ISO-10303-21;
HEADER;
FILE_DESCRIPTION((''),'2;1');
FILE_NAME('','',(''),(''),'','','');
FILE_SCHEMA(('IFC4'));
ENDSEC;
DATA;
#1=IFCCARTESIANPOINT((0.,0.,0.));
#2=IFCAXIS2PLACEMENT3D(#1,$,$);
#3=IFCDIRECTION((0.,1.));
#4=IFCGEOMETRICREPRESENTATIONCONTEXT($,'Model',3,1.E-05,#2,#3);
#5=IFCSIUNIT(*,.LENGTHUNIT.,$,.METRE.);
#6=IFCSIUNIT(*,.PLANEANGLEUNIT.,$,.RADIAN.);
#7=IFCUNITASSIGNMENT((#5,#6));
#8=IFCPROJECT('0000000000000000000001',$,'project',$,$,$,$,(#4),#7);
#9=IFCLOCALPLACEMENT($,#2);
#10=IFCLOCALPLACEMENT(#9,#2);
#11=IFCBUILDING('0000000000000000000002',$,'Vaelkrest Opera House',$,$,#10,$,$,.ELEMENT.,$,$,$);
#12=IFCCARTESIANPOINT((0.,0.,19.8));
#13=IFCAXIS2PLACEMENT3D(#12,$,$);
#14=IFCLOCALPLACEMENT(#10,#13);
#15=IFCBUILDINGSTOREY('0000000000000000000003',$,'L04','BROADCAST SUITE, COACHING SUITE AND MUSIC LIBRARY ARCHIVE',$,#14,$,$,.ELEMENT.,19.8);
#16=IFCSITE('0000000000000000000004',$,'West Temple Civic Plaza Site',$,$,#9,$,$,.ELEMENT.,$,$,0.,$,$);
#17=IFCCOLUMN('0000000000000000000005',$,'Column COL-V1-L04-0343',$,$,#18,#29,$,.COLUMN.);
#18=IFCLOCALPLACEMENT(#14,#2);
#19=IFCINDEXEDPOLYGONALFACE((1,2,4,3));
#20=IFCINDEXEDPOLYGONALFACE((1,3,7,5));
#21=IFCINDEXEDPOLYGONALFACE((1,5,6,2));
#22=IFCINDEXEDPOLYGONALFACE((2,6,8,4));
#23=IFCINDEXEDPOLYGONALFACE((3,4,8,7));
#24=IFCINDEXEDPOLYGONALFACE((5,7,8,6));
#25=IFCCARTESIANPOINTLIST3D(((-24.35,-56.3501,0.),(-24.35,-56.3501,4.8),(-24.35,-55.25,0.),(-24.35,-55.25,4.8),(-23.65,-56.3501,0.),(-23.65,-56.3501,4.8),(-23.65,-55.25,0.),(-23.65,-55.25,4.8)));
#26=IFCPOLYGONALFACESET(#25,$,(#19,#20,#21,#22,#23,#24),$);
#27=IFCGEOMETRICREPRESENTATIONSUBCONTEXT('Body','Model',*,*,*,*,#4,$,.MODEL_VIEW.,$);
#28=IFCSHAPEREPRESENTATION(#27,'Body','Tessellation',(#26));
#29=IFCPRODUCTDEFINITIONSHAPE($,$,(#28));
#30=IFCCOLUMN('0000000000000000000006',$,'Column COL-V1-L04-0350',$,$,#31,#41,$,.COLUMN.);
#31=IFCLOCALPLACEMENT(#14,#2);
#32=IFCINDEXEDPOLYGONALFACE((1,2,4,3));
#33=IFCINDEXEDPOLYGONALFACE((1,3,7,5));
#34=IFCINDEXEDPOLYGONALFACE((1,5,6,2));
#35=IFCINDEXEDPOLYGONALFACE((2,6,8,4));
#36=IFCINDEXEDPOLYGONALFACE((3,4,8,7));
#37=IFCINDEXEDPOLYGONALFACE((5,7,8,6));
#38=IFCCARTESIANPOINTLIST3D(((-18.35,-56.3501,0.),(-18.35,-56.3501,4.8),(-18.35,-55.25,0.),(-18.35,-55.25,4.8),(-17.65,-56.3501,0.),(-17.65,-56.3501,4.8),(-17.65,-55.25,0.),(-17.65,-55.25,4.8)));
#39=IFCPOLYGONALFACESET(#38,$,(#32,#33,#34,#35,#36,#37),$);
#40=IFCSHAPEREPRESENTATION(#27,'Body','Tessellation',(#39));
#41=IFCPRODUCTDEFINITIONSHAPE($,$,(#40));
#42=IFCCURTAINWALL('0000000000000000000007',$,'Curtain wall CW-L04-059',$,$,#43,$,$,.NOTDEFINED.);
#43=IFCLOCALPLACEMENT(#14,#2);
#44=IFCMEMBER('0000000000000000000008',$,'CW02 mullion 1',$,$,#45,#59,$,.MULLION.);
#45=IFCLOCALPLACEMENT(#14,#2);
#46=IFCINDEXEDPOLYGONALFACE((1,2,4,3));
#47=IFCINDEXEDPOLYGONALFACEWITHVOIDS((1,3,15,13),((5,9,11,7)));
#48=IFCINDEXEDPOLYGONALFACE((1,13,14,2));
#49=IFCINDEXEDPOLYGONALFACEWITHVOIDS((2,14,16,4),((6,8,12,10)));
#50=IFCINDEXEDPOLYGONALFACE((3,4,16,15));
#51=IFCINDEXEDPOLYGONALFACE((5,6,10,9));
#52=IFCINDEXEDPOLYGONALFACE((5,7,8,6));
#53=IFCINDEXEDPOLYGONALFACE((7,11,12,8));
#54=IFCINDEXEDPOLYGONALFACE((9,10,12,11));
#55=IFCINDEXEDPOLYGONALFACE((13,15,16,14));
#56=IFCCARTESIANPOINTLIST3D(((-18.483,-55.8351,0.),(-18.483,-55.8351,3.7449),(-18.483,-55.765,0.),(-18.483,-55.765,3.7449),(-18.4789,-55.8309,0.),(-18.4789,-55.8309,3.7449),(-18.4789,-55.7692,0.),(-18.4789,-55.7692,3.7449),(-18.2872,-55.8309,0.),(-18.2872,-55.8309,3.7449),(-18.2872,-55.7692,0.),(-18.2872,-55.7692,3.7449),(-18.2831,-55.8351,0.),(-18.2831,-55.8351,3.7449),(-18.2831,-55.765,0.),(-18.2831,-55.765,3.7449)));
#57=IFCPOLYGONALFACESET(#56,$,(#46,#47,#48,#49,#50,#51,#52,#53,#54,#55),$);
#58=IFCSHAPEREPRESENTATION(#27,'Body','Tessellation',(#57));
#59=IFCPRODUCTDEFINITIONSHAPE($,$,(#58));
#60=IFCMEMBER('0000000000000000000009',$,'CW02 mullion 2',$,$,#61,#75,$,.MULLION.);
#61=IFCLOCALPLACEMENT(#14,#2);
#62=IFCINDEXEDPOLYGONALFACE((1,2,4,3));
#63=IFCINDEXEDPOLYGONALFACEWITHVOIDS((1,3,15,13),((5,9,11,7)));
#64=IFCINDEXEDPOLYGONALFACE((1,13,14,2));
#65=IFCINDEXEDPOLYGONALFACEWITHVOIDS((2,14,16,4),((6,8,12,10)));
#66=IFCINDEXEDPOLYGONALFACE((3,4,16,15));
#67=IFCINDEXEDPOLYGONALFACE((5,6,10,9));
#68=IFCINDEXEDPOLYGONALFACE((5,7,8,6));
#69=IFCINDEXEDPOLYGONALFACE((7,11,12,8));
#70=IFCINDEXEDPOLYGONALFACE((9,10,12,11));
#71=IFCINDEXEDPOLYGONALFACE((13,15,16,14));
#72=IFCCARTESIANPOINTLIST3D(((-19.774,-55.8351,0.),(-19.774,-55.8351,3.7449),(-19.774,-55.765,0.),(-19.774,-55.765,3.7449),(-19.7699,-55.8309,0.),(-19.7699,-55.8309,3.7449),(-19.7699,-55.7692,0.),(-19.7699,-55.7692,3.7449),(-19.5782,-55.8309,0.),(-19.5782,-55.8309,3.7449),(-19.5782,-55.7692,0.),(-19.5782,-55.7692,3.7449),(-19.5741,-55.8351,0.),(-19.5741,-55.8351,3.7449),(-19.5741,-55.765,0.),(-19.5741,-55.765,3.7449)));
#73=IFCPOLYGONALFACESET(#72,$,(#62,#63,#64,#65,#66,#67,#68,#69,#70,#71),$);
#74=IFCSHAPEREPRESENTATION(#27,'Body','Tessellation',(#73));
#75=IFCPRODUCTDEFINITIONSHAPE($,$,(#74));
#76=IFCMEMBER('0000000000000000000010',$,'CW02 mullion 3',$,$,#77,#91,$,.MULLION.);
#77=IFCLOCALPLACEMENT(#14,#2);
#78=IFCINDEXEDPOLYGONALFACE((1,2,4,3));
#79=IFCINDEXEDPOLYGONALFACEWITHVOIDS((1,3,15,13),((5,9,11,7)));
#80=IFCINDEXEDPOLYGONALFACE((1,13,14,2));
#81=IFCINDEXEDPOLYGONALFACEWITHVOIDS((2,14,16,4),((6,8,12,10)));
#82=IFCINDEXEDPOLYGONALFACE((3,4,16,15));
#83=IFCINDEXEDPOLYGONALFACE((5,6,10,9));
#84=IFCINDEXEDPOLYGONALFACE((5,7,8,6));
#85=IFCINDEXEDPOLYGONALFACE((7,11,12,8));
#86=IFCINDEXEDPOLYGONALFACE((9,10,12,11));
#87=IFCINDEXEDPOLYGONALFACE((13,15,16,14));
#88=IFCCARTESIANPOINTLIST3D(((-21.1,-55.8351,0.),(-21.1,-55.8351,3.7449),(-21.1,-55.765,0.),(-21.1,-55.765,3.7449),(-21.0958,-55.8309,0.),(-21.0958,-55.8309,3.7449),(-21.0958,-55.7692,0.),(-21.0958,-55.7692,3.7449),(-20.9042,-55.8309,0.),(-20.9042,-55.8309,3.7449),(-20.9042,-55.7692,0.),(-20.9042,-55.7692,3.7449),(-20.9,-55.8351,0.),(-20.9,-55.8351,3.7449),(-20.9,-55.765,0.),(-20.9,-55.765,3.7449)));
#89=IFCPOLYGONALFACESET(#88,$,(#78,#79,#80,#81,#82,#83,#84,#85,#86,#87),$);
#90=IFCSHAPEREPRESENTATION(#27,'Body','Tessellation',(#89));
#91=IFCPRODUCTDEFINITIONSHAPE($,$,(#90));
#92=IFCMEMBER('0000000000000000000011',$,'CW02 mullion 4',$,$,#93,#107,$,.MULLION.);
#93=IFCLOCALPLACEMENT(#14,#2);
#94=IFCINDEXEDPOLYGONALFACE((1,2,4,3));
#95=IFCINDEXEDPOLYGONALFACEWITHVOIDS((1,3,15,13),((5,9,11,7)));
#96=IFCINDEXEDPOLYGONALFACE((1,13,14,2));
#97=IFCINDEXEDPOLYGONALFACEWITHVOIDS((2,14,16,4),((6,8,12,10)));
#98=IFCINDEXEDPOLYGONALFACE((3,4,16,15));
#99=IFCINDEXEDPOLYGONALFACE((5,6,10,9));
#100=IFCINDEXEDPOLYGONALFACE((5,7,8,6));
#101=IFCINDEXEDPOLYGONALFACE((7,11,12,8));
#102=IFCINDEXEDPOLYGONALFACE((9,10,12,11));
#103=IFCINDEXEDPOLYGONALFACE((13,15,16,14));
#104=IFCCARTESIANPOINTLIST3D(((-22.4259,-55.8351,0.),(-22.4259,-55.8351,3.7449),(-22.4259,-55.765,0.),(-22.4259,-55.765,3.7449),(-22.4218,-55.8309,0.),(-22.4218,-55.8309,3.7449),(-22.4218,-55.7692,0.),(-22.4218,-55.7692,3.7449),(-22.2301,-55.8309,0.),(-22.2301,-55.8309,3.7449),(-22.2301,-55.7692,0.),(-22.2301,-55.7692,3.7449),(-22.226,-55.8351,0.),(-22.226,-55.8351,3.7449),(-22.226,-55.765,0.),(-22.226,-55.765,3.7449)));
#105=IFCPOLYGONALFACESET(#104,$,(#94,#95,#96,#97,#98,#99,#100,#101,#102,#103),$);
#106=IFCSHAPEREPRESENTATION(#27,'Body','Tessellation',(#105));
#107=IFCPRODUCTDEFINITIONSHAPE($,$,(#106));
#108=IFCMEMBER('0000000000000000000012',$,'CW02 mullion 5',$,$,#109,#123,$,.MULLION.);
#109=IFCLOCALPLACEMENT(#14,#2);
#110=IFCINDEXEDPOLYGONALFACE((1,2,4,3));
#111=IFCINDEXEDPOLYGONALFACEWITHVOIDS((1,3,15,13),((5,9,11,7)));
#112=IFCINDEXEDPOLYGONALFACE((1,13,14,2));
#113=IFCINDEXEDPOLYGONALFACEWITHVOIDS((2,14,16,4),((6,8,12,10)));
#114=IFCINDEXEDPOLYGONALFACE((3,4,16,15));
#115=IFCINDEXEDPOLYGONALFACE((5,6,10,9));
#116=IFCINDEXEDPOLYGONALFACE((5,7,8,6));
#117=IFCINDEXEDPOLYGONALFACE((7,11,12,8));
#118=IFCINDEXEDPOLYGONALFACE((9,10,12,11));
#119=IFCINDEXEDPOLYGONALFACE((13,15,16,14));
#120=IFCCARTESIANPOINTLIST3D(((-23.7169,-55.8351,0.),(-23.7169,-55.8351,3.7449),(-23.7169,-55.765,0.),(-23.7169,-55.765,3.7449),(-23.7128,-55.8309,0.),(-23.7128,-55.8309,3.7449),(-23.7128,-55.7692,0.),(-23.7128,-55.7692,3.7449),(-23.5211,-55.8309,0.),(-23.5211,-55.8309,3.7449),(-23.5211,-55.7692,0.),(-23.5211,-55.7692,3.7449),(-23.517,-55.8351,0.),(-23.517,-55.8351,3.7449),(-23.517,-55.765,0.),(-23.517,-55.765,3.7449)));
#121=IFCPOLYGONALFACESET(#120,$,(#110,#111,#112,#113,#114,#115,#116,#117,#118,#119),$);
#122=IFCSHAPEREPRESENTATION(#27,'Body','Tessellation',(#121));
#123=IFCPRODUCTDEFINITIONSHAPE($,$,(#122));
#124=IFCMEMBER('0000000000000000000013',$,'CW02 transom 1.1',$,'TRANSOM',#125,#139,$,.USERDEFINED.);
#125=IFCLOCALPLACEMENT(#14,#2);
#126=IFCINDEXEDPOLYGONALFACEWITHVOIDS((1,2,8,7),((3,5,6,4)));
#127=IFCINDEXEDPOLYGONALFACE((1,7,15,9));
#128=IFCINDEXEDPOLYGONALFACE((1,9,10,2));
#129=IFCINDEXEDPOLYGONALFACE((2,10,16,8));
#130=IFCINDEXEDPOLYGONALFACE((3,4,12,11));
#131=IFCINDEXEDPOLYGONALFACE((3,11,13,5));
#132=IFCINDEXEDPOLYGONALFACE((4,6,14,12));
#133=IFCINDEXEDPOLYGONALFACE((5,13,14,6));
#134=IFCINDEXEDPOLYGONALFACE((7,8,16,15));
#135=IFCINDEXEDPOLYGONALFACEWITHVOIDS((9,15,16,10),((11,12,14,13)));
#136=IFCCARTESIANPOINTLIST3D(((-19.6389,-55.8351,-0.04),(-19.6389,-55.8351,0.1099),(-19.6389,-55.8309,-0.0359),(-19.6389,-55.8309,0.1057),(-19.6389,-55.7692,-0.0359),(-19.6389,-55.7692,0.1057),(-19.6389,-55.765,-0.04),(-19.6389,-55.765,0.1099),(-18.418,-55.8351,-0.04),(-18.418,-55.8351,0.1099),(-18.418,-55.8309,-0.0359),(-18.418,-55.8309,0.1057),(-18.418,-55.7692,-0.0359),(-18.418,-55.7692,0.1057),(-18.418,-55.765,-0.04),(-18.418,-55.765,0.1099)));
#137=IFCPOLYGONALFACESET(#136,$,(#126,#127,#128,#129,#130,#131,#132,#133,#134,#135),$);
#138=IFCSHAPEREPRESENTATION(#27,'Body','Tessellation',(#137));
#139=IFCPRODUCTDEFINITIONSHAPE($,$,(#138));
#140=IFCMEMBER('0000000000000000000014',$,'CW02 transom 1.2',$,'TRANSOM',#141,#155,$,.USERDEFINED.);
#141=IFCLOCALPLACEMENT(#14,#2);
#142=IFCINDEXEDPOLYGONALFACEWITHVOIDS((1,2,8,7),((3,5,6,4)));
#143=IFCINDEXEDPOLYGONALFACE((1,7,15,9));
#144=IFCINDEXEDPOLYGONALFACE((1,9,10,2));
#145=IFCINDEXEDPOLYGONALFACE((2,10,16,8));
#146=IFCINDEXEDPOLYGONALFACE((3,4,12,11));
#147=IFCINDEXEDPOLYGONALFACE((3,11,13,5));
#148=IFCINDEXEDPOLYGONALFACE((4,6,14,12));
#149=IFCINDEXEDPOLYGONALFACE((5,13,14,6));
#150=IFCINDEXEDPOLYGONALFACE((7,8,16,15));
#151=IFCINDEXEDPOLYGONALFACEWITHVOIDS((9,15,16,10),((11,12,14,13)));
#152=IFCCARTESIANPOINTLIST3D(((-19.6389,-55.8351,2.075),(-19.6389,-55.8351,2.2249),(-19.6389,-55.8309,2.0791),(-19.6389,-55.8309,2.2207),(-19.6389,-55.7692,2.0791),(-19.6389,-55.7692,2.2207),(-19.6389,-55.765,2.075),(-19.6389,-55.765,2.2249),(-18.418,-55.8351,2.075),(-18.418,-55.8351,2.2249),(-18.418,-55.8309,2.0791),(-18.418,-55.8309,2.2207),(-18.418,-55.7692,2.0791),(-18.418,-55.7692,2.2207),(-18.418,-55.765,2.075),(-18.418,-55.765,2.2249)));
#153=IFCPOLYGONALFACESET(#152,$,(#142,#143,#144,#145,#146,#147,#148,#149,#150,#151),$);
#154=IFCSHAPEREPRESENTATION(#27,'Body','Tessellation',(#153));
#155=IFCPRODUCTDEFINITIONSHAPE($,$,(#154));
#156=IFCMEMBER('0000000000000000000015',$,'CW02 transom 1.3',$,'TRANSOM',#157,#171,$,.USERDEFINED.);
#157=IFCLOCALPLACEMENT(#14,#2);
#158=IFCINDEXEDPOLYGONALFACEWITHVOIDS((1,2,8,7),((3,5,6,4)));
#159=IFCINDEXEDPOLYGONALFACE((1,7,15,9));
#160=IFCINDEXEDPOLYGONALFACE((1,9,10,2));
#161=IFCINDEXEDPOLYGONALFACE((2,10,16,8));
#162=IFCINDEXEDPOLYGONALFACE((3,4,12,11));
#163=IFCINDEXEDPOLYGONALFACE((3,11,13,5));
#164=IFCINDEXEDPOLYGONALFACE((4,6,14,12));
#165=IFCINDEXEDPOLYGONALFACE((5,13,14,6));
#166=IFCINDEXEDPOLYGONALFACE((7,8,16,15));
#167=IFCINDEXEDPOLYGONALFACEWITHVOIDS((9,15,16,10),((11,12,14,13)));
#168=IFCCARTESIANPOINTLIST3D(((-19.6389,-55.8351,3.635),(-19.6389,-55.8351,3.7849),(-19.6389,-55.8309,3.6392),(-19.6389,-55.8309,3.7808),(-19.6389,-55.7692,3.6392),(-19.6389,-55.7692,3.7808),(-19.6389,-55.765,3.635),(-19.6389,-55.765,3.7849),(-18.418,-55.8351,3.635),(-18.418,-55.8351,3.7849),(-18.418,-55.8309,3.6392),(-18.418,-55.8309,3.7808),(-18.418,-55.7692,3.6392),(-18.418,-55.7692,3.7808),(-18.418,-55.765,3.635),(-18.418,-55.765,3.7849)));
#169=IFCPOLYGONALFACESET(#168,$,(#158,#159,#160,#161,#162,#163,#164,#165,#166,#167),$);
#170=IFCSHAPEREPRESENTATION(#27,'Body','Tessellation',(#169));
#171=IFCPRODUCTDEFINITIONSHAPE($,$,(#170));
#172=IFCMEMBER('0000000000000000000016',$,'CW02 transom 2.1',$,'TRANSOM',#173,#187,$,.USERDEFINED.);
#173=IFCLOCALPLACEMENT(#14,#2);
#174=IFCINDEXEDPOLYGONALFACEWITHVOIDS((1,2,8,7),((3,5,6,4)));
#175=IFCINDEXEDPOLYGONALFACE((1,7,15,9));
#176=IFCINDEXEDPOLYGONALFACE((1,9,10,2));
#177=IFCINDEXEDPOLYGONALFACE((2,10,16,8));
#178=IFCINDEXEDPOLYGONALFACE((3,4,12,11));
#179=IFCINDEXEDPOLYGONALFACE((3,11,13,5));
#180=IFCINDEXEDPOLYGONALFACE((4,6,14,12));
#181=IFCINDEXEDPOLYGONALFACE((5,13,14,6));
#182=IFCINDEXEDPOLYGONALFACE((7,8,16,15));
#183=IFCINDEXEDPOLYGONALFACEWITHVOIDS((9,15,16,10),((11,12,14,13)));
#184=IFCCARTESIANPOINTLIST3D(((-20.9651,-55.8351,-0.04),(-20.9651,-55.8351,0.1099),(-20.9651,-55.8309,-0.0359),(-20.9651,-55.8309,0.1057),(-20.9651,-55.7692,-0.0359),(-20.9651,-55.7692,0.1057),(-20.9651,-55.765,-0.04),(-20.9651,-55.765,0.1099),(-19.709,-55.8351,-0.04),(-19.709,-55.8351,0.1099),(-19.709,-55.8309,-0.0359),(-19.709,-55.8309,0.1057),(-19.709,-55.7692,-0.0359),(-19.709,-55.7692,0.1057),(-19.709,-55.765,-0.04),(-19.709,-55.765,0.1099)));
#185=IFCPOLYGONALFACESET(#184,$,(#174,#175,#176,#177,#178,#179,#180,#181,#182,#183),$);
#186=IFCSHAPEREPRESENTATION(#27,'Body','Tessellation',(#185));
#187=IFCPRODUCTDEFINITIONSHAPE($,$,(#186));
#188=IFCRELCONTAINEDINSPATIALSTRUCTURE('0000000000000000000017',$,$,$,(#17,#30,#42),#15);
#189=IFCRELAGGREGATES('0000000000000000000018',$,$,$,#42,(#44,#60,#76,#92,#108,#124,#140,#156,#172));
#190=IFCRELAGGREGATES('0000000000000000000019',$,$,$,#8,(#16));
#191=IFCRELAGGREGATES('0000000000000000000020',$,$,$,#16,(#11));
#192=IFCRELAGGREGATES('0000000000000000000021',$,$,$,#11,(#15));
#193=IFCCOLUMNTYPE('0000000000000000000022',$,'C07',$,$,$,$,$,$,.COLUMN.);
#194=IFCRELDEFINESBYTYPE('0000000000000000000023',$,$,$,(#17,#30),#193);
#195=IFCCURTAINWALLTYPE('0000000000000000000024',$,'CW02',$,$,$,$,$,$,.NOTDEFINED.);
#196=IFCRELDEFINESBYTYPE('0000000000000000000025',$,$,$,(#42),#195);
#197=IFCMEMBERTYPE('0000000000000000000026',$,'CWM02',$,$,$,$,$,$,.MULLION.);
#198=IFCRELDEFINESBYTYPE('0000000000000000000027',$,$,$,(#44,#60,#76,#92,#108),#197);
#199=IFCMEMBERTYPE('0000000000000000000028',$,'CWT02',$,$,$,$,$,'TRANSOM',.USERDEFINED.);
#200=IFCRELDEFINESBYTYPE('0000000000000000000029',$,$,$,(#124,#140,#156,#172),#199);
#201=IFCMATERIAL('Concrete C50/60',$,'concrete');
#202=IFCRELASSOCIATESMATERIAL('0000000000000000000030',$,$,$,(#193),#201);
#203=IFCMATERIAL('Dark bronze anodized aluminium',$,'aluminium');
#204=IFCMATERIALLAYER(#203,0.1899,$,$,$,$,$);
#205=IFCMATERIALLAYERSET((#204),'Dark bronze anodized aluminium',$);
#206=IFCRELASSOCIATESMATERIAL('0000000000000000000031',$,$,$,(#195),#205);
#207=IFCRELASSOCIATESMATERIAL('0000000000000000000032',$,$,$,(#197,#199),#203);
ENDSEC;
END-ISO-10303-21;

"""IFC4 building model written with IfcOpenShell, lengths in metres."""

from ifc_helpers import new_model, si_unit, direction, frame, origin, origin_2d, place, context, subcontext, project, spatial, rectangle, hollow_rectangle, extrude, material, layer, layer_set, material_profile, profile_set, type_object, element, aggregate, save


model = new_model("IFC4")

# Units and contexts
model_context = context("Model", 3, precision=1e-05, world=origin(), true_north=direction((0.0, 1.0)))
body_context = subcontext(model_context, "Body", "Model", "MODEL_VIEW")
ifc_project = project(units=[si_unit("LENGTHUNIT", "METRE"), si_unit("PLANEANGLEUNIT", "RADIAN")], contexts=[model_context])

# Site, building, storey
site_placement = place(None, origin())
site = spatial("IfcSite", under=ifc_project, at=site_placement, Name="West Temple Civic Plaza Site", CompositionType="ELEMENT", RefElevation=0.0)
building_placement = place(site_placement, origin())
building = spatial("IfcBuilding", under=site, at=building_placement, Name="Vaelkrest Opera House", CompositionType="ELEMENT")
storey_placement = place(building_placement, frame((0.0, 0.0, 19.8)))
storey = spatial("IfcBuildingStorey", under=building, at=storey_placement, Name="L04", Description="BROADCAST SUITE, COACHING SUITE AND MUSIC LIBRARY ARCHIVE", CompositionType="ELEMENT", Elevation=19.8)

# Columns
ifc_material_1 = material(Name="Concrete C50/60", Category="concrete")
ifc_material_profile_1 = material_profile(ifc_material_1, rectangle(XDim=0.7, YDim=1.1001, at=origin_2d()), Name="RC700X1100")
ifc_profile_set_1 = profile_set([ifc_material_profile_1], Name="Concrete C50/60")
column_type = type_object("IfcColumnType", Name="C07", PredefinedType="COLUMN", material=ifc_profile_set_1)
for number, where, z_axis, x_axis, name in (
    (1, (-24.0, -55.8, 0.0), (0.0, 0.0, 1.0), (1.0, 0.0, 0.0), "Column COL-V1-L04-0343"),
    (2, (-18.0, -55.8, 0.0), (0.0, 0.0, 1.0), (1.0, 0.0, 0.0), "Column COL-V1-L04-0350"),
):
    element("IfcColumn", number, at=place(storey_placement, frame(where, z_axis=z_axis, x_axis=x_axis)), inside=storey, type_object=column_type, Name=name, PredefinedType="COLUMN", context=body_context, shape_type="SweptSolid", body=[
        extrude(rectangle(XDim=0.7, YDim=1.1001, at=origin_2d()), origin(), (0.0, 0.0, 1.0), 4.8),
    ])

# Curtain wall, members
ifc_material_2 = material(Name="Dark bronze anodized aluminium", Category="aluminium")
ifc_layer_1 = layer(ifc_material_2, 0.1899)
ifc_layer_set_1 = layer_set([ifc_layer_1], Name="Dark bronze anodized aluminium")
curtain_wall_type_1 = type_object("IfcCurtainWallType", Name="CW02", PredefinedType="NOTDEFINED", material=ifc_layer_set_1)
curtain_wall_1_placement = place(storey_placement, origin())
curtain_wall_1 = element("IfcCurtainWall", 3, at=curtain_wall_1_placement, inside=storey, type_object=curtain_wall_type_1, Name="Curtain wall CW-L04-059", PredefinedType="NOTDEFINED")
ifc_material_profile_2 = material_profile(ifc_material_2, hollow_rectangle(XDim=0.0701, YDim=0.2, WallThickness=0.0042, at=origin_2d()), Name="CWM70X200")
ifc_profile_set_2 = profile_set([ifc_material_profile_2], Name="Dark bronze anodized aluminium")
member_type_1 = type_object("IfcMemberType", Name="CWM02", PredefinedType="MULLION", material=ifc_profile_set_2)
member_1_placement = place(storey_placement, frame((-18.3831, -55.8, 0.0), z_axis=(0.0, 0.0, 1.0), x_axis=(0.0, -1.0, 0.0)))
member_1 = element("IfcMember", 4, at=member_1_placement, type_object=member_type_1, Name="CW02 mullion 1", PredefinedType="MULLION", context=body_context, shape_type="SweptSolid", body=[
    extrude(hollow_rectangle(XDim=0.0701, YDim=0.2, WallThickness=0.0042, at=origin_2d()), origin(), (0.0, 0.0, 1.0), 3.7449),
])
member_2_placement = place(storey_placement, frame((-19.6741, -55.8, 0.0), z_axis=(0.0, 0.0, 1.0), x_axis=(0.0, -1.0, 0.0)))
member_2 = element("IfcMember", 5, at=member_2_placement, type_object=member_type_1, Name="CW02 mullion 2", PredefinedType="MULLION", context=body_context, shape_type="SweptSolid", body=[
    extrude(hollow_rectangle(XDim=0.0701, YDim=0.2, WallThickness=0.0042, at=origin_2d()), origin(), (0.0, 0.0, 1.0), 3.7449),
])
member_3_placement = place(storey_placement, frame((-21.0, -55.8, 0.0), z_axis=(0.0, 0.0, 1.0), x_axis=(0.0, -1.0, 0.0)))
member_3 = element("IfcMember", 6, at=member_3_placement, type_object=member_type_1, Name="CW02 mullion 3", PredefinedType="MULLION", context=body_context, shape_type="SweptSolid", body=[
    extrude(hollow_rectangle(XDim=0.0701, YDim=0.2, WallThickness=0.0042, at=origin_2d()), origin(), (0.0, 0.0, 1.0), 3.7449),
])
member_4_placement = place(storey_placement, frame((-22.3259, -55.8, 0.0), z_axis=(0.0, 0.0, 1.0), x_axis=(0.0, -1.0, 0.0)))
member_4 = element("IfcMember", 7, at=member_4_placement, type_object=member_type_1, Name="CW02 mullion 4", PredefinedType="MULLION", context=body_context, shape_type="SweptSolid", body=[
    extrude(hollow_rectangle(XDim=0.0701, YDim=0.2, WallThickness=0.0042, at=origin_2d()), origin(), (0.0, 0.0, 1.0), 3.7449),
])
member_5_placement = place(storey_placement, frame((-23.6169, -55.8, 0.0), z_axis=(0.0, 0.0, 1.0), x_axis=(0.0, -1.0, 0.0)))
member_5 = element("IfcMember", 8, at=member_5_placement, type_object=member_type_1, Name="CW02 mullion 5", PredefinedType="MULLION", context=body_context, shape_type="SweptSolid", body=[
    extrude(hollow_rectangle(XDim=0.0701, YDim=0.2, WallThickness=0.0042, at=origin_2d()), origin(), (0.0, 0.0, 1.0), 3.7449),
])
ifc_material_profile_3 = material_profile(ifc_material_2, hollow_rectangle(XDim=0.0701, YDim=0.1499, WallThickness=0.0042, at=origin_2d()), Name="CWT70X150")
ifc_profile_set_3 = profile_set([ifc_material_profile_3], Name="Dark bronze anodized aluminium")
member_type_2 = type_object("IfcMemberType", Name="CWT02", ElementType="TRANSOM", PredefinedType="USERDEFINED", material=ifc_profile_set_3)
member_6_placement = place(storey_placement, frame((-18.418, -55.8, 0.0349), z_axis=(-1.0, 0.0, 0.0), x_axis=(0.0, -1.0, 0.0)))
member_6 = element("IfcMember", 9, at=member_6_placement, type_object=member_type_2, Name="CW02 transom 1.1", ObjectType="TRANSOM", PredefinedType="USERDEFINED", context=body_context, shape_type="SweptSolid", body=[
    extrude(hollow_rectangle(XDim=0.0701, YDim=0.1499, WallThickness=0.0042, at=origin_2d()), origin(), (0.0, 0.0, 1.0), 1.2209),
])
member_7_placement = place(storey_placement, frame((-18.418, -55.8, 2.1499), z_axis=(-1.0, 0.0, 0.0), x_axis=(0.0, -1.0, 0.0)))
member_7 = element("IfcMember", 10, at=member_7_placement, type_object=member_type_2, Name="CW02 transom 1.2", ObjectType="TRANSOM", PredefinedType="USERDEFINED", context=body_context, shape_type="SweptSolid", body=[
    extrude(hollow_rectangle(XDim=0.0701, YDim=0.1499, WallThickness=0.0042, at=origin_2d()), origin(), (0.0, 0.0, 1.0), 1.2209),
])
member_8_placement = place(storey_placement, frame((-18.418, -55.8, 3.71), z_axis=(-1.0, 0.0, 0.0), x_axis=(0.0, -1.0, 0.0)))
member_8 = element("IfcMember", 11, at=member_8_placement, type_object=member_type_2, Name="CW02 transom 1.3", ObjectType="TRANSOM", PredefinedType="USERDEFINED", context=body_context, shape_type="SweptSolid", body=[
    extrude(hollow_rectangle(XDim=0.0701, YDim=0.1499, WallThickness=0.0042, at=origin_2d()), origin(), (0.0, 0.0, 1.0), 1.2209),
])
member_9_placement = place(storey_placement, frame((-19.709, -55.8, 0.0349), z_axis=(-1.0, 0.0, 0.0), x_axis=(0.0, -1.0, 0.0)))
member_9 = element("IfcMember", 12, at=member_9_placement, type_object=member_type_2, Name="CW02 transom 2.1", ObjectType="TRANSOM", PredefinedType="USERDEFINED", context=body_context, shape_type="SweptSolid", body=[
    extrude(hollow_rectangle(XDim=0.0701, YDim=0.1499, WallThickness=0.0042, at=origin_2d()), origin(), (0.0, 0.0, 1.0), 1.2561),
])

aggregate(curtain_wall_1, [member_1, member_2, member_3, member_4, member_5, member_6, member_7, member_8, member_9])

save(model, "model.ifc")
